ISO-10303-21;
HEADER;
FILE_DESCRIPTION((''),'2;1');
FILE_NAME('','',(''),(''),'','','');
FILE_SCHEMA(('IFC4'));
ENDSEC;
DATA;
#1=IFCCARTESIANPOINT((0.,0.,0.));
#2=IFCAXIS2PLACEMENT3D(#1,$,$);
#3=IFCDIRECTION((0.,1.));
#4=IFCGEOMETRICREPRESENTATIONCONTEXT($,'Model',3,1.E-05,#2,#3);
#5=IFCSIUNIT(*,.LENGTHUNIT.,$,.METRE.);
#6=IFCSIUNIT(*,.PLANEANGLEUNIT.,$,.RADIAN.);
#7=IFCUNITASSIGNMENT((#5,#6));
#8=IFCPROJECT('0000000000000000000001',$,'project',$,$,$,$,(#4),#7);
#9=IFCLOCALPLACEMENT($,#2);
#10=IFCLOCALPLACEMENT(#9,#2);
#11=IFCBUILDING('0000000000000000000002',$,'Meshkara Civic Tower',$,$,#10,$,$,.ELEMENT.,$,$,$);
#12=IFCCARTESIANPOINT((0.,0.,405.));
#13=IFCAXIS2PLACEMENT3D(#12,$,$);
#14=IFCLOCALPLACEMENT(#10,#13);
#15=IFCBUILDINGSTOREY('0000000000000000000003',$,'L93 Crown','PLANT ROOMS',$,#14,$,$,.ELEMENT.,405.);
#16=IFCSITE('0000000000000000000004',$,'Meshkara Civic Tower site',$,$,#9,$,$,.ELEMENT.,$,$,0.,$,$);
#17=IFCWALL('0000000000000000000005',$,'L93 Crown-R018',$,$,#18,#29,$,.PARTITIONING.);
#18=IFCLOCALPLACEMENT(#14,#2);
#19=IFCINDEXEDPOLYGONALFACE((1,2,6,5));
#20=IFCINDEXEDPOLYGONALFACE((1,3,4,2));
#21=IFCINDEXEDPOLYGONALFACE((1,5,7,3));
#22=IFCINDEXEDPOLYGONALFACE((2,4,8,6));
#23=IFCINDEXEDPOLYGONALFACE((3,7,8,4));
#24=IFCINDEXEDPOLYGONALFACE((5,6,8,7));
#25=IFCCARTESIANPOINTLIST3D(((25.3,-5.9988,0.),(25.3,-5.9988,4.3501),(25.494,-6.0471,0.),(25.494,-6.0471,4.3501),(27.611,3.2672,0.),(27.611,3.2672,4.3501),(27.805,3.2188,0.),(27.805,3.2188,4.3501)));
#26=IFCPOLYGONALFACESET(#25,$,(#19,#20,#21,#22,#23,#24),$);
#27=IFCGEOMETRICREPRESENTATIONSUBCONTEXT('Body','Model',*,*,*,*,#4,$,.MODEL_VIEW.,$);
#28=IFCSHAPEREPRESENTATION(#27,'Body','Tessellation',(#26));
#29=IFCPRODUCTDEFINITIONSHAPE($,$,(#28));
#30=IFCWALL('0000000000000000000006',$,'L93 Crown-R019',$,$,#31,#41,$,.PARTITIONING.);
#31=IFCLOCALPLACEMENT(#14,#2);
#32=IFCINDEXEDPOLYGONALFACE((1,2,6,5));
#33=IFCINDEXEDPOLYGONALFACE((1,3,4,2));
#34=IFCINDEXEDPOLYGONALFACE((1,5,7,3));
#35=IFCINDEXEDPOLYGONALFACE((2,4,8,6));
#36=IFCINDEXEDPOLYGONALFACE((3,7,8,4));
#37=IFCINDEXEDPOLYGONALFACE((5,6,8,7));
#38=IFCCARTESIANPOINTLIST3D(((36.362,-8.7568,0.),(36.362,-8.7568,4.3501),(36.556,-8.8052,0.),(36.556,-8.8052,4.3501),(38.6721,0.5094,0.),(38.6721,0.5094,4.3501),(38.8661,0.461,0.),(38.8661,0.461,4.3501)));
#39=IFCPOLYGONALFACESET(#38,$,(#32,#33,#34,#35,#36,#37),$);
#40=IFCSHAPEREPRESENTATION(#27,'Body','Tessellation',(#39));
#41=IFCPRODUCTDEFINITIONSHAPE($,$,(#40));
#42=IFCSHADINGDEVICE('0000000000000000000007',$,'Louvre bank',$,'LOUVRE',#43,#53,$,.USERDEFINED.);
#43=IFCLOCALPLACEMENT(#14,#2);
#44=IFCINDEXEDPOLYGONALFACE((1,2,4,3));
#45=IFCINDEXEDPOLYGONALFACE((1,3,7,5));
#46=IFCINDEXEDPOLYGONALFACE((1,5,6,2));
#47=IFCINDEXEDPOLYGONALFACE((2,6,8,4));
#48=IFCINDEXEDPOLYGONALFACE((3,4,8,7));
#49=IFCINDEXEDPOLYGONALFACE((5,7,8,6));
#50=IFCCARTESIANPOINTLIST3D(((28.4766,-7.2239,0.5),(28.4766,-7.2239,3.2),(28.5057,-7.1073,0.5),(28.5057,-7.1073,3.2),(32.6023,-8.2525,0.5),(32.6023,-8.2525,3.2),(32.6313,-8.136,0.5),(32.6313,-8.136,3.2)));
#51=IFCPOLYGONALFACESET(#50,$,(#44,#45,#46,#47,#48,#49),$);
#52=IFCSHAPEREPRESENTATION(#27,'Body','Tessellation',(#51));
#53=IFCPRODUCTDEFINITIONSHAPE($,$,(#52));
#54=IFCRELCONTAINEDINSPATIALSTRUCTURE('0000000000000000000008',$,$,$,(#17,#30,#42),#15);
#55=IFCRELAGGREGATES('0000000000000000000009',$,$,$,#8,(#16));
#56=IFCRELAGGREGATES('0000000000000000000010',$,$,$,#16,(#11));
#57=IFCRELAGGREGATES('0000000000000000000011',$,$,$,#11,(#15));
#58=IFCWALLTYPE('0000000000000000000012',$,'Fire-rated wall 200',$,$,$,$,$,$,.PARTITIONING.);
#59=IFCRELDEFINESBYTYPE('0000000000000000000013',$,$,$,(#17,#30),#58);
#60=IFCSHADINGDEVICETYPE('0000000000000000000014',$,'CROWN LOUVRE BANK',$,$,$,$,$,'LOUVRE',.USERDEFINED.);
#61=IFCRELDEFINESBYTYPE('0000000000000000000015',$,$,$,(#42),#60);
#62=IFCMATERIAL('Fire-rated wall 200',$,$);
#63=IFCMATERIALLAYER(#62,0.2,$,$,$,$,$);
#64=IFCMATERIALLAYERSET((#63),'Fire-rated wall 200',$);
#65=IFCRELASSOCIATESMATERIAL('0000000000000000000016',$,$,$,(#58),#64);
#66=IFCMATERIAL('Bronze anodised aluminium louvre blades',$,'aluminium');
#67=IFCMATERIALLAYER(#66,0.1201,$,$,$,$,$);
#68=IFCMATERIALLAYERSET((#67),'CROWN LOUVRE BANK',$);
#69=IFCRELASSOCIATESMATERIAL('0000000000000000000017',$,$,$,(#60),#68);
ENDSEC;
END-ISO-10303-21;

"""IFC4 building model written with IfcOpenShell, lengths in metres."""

from ifc_helpers import new_model, si_unit, direction, frame, frame_2d, origin, origin_2d, place, context, subcontext, project, spatial, rectangle, extrude, material, layer, layer_set, type_object, element, save


model = new_model("IFC4")

# Units and contexts
model_context = context("Model", 3, precision=1e-05, world=origin(), true_north=direction((0.0, 1.0)))
body_context = subcontext(model_context, "Body", "Model", "MODEL_VIEW")
ifc_project = project(units=[si_unit("LENGTHUNIT", "METRE"), si_unit("PLANEANGLEUNIT", "RADIAN")], contexts=[model_context])

# Site, building, storey
site_placement = place(None, origin())
site = spatial("IfcSite", under=ifc_project, at=site_placement, Name="Meshkara Civic Tower site", CompositionType="ELEMENT", RefElevation=0.0)
building_placement = place(site_placement, origin())
building = spatial("IfcBuilding", under=site, at=building_placement, Name="Meshkara Civic Tower", CompositionType="ELEMENT")
storey_placement = place(building_placement, frame((0.0, 0.0, 405.0)))
storey = spatial("IfcBuildingStorey", under=building, at=storey_placement, Name="L93 Crown", Description="PLANT ROOMS", CompositionType="ELEMENT", Elevation=405.0)

# Shared definitions
ifc_material_1 = material(Name="Fire-rated wall 200")
ifc_layer_1 = layer(ifc_material_1, 0.2)
ifc_layer_set_1 = layer_set([ifc_layer_1], Name="Fire-rated wall 200")
wall_type_1 = type_object("IfcWallType", Name="Fire-rated wall 200", PredefinedType="PARTITIONING", material=ifc_layer_set_1)

# Walls
for number, where, z_axis, x_axis, name in (
    (1, (25.397, -6.0229, 0.0), (0.0, 0.0, 1.0), (0.242, 0.970276, 0.0), "L93 Crown-R018"),
    (2, (36.459, -8.781, 0.0), (0.0, 0.0, 1.0), (0.241898, 0.970302, 0.0), "L93 Crown-R019"),
):
    element("IfcWall", number, at=place(storey_placement, frame(where, z_axis=z_axis, x_axis=x_axis)), inside=storey, type_object=wall_type_1, Name=name, PredefinedType="PARTITIONING", context=body_context, shape_type="SweptSolid", body=[
        extrude(rectangle(XDim=9.5498, YDim=0.2, at=frame_2d((4.7749, 0.0))), origin(), (0.0, 0.0, 1.0), 4.3501),
    ])

# Shading device
ifc_material_2 = material(Name="Bronze anodised aluminium louvre blades", Category="aluminium")
ifc_layer_2 = layer(ifc_material_2, 0.1201)
ifc_layer_set_2 = layer_set([ifc_layer_2], Name="CROWN LOUVRE BANK")
shading_device_type = type_object("IfcShadingDeviceType", Name="CROWN LOUVRE BANK", ElementType="LOUVRE", PredefinedType="USERDEFINED", material=ifc_layer_set_2)
shading_device_placement = place(storey_placement, frame((30.554, -7.6799, 0.5), z_axis=(0.0, 0.0, 1.0), x_axis=(0.970296, -0.241922, 0.0)))
element("IfcShadingDevice", 3, at=shading_device_placement, inside=storey, type_object=shading_device_type, Name="Louvre bank", ObjectType="LOUVRE", PredefinedType="USERDEFINED", context=body_context, shape_type="SweptSolid", body=[
    extrude(rectangle(XDim=4.252, YDim=0.1201, at=origin_2d()), origin(), (0.0, 0.0, 1.0), 2.7),
])

save(model, "model.ifc")
